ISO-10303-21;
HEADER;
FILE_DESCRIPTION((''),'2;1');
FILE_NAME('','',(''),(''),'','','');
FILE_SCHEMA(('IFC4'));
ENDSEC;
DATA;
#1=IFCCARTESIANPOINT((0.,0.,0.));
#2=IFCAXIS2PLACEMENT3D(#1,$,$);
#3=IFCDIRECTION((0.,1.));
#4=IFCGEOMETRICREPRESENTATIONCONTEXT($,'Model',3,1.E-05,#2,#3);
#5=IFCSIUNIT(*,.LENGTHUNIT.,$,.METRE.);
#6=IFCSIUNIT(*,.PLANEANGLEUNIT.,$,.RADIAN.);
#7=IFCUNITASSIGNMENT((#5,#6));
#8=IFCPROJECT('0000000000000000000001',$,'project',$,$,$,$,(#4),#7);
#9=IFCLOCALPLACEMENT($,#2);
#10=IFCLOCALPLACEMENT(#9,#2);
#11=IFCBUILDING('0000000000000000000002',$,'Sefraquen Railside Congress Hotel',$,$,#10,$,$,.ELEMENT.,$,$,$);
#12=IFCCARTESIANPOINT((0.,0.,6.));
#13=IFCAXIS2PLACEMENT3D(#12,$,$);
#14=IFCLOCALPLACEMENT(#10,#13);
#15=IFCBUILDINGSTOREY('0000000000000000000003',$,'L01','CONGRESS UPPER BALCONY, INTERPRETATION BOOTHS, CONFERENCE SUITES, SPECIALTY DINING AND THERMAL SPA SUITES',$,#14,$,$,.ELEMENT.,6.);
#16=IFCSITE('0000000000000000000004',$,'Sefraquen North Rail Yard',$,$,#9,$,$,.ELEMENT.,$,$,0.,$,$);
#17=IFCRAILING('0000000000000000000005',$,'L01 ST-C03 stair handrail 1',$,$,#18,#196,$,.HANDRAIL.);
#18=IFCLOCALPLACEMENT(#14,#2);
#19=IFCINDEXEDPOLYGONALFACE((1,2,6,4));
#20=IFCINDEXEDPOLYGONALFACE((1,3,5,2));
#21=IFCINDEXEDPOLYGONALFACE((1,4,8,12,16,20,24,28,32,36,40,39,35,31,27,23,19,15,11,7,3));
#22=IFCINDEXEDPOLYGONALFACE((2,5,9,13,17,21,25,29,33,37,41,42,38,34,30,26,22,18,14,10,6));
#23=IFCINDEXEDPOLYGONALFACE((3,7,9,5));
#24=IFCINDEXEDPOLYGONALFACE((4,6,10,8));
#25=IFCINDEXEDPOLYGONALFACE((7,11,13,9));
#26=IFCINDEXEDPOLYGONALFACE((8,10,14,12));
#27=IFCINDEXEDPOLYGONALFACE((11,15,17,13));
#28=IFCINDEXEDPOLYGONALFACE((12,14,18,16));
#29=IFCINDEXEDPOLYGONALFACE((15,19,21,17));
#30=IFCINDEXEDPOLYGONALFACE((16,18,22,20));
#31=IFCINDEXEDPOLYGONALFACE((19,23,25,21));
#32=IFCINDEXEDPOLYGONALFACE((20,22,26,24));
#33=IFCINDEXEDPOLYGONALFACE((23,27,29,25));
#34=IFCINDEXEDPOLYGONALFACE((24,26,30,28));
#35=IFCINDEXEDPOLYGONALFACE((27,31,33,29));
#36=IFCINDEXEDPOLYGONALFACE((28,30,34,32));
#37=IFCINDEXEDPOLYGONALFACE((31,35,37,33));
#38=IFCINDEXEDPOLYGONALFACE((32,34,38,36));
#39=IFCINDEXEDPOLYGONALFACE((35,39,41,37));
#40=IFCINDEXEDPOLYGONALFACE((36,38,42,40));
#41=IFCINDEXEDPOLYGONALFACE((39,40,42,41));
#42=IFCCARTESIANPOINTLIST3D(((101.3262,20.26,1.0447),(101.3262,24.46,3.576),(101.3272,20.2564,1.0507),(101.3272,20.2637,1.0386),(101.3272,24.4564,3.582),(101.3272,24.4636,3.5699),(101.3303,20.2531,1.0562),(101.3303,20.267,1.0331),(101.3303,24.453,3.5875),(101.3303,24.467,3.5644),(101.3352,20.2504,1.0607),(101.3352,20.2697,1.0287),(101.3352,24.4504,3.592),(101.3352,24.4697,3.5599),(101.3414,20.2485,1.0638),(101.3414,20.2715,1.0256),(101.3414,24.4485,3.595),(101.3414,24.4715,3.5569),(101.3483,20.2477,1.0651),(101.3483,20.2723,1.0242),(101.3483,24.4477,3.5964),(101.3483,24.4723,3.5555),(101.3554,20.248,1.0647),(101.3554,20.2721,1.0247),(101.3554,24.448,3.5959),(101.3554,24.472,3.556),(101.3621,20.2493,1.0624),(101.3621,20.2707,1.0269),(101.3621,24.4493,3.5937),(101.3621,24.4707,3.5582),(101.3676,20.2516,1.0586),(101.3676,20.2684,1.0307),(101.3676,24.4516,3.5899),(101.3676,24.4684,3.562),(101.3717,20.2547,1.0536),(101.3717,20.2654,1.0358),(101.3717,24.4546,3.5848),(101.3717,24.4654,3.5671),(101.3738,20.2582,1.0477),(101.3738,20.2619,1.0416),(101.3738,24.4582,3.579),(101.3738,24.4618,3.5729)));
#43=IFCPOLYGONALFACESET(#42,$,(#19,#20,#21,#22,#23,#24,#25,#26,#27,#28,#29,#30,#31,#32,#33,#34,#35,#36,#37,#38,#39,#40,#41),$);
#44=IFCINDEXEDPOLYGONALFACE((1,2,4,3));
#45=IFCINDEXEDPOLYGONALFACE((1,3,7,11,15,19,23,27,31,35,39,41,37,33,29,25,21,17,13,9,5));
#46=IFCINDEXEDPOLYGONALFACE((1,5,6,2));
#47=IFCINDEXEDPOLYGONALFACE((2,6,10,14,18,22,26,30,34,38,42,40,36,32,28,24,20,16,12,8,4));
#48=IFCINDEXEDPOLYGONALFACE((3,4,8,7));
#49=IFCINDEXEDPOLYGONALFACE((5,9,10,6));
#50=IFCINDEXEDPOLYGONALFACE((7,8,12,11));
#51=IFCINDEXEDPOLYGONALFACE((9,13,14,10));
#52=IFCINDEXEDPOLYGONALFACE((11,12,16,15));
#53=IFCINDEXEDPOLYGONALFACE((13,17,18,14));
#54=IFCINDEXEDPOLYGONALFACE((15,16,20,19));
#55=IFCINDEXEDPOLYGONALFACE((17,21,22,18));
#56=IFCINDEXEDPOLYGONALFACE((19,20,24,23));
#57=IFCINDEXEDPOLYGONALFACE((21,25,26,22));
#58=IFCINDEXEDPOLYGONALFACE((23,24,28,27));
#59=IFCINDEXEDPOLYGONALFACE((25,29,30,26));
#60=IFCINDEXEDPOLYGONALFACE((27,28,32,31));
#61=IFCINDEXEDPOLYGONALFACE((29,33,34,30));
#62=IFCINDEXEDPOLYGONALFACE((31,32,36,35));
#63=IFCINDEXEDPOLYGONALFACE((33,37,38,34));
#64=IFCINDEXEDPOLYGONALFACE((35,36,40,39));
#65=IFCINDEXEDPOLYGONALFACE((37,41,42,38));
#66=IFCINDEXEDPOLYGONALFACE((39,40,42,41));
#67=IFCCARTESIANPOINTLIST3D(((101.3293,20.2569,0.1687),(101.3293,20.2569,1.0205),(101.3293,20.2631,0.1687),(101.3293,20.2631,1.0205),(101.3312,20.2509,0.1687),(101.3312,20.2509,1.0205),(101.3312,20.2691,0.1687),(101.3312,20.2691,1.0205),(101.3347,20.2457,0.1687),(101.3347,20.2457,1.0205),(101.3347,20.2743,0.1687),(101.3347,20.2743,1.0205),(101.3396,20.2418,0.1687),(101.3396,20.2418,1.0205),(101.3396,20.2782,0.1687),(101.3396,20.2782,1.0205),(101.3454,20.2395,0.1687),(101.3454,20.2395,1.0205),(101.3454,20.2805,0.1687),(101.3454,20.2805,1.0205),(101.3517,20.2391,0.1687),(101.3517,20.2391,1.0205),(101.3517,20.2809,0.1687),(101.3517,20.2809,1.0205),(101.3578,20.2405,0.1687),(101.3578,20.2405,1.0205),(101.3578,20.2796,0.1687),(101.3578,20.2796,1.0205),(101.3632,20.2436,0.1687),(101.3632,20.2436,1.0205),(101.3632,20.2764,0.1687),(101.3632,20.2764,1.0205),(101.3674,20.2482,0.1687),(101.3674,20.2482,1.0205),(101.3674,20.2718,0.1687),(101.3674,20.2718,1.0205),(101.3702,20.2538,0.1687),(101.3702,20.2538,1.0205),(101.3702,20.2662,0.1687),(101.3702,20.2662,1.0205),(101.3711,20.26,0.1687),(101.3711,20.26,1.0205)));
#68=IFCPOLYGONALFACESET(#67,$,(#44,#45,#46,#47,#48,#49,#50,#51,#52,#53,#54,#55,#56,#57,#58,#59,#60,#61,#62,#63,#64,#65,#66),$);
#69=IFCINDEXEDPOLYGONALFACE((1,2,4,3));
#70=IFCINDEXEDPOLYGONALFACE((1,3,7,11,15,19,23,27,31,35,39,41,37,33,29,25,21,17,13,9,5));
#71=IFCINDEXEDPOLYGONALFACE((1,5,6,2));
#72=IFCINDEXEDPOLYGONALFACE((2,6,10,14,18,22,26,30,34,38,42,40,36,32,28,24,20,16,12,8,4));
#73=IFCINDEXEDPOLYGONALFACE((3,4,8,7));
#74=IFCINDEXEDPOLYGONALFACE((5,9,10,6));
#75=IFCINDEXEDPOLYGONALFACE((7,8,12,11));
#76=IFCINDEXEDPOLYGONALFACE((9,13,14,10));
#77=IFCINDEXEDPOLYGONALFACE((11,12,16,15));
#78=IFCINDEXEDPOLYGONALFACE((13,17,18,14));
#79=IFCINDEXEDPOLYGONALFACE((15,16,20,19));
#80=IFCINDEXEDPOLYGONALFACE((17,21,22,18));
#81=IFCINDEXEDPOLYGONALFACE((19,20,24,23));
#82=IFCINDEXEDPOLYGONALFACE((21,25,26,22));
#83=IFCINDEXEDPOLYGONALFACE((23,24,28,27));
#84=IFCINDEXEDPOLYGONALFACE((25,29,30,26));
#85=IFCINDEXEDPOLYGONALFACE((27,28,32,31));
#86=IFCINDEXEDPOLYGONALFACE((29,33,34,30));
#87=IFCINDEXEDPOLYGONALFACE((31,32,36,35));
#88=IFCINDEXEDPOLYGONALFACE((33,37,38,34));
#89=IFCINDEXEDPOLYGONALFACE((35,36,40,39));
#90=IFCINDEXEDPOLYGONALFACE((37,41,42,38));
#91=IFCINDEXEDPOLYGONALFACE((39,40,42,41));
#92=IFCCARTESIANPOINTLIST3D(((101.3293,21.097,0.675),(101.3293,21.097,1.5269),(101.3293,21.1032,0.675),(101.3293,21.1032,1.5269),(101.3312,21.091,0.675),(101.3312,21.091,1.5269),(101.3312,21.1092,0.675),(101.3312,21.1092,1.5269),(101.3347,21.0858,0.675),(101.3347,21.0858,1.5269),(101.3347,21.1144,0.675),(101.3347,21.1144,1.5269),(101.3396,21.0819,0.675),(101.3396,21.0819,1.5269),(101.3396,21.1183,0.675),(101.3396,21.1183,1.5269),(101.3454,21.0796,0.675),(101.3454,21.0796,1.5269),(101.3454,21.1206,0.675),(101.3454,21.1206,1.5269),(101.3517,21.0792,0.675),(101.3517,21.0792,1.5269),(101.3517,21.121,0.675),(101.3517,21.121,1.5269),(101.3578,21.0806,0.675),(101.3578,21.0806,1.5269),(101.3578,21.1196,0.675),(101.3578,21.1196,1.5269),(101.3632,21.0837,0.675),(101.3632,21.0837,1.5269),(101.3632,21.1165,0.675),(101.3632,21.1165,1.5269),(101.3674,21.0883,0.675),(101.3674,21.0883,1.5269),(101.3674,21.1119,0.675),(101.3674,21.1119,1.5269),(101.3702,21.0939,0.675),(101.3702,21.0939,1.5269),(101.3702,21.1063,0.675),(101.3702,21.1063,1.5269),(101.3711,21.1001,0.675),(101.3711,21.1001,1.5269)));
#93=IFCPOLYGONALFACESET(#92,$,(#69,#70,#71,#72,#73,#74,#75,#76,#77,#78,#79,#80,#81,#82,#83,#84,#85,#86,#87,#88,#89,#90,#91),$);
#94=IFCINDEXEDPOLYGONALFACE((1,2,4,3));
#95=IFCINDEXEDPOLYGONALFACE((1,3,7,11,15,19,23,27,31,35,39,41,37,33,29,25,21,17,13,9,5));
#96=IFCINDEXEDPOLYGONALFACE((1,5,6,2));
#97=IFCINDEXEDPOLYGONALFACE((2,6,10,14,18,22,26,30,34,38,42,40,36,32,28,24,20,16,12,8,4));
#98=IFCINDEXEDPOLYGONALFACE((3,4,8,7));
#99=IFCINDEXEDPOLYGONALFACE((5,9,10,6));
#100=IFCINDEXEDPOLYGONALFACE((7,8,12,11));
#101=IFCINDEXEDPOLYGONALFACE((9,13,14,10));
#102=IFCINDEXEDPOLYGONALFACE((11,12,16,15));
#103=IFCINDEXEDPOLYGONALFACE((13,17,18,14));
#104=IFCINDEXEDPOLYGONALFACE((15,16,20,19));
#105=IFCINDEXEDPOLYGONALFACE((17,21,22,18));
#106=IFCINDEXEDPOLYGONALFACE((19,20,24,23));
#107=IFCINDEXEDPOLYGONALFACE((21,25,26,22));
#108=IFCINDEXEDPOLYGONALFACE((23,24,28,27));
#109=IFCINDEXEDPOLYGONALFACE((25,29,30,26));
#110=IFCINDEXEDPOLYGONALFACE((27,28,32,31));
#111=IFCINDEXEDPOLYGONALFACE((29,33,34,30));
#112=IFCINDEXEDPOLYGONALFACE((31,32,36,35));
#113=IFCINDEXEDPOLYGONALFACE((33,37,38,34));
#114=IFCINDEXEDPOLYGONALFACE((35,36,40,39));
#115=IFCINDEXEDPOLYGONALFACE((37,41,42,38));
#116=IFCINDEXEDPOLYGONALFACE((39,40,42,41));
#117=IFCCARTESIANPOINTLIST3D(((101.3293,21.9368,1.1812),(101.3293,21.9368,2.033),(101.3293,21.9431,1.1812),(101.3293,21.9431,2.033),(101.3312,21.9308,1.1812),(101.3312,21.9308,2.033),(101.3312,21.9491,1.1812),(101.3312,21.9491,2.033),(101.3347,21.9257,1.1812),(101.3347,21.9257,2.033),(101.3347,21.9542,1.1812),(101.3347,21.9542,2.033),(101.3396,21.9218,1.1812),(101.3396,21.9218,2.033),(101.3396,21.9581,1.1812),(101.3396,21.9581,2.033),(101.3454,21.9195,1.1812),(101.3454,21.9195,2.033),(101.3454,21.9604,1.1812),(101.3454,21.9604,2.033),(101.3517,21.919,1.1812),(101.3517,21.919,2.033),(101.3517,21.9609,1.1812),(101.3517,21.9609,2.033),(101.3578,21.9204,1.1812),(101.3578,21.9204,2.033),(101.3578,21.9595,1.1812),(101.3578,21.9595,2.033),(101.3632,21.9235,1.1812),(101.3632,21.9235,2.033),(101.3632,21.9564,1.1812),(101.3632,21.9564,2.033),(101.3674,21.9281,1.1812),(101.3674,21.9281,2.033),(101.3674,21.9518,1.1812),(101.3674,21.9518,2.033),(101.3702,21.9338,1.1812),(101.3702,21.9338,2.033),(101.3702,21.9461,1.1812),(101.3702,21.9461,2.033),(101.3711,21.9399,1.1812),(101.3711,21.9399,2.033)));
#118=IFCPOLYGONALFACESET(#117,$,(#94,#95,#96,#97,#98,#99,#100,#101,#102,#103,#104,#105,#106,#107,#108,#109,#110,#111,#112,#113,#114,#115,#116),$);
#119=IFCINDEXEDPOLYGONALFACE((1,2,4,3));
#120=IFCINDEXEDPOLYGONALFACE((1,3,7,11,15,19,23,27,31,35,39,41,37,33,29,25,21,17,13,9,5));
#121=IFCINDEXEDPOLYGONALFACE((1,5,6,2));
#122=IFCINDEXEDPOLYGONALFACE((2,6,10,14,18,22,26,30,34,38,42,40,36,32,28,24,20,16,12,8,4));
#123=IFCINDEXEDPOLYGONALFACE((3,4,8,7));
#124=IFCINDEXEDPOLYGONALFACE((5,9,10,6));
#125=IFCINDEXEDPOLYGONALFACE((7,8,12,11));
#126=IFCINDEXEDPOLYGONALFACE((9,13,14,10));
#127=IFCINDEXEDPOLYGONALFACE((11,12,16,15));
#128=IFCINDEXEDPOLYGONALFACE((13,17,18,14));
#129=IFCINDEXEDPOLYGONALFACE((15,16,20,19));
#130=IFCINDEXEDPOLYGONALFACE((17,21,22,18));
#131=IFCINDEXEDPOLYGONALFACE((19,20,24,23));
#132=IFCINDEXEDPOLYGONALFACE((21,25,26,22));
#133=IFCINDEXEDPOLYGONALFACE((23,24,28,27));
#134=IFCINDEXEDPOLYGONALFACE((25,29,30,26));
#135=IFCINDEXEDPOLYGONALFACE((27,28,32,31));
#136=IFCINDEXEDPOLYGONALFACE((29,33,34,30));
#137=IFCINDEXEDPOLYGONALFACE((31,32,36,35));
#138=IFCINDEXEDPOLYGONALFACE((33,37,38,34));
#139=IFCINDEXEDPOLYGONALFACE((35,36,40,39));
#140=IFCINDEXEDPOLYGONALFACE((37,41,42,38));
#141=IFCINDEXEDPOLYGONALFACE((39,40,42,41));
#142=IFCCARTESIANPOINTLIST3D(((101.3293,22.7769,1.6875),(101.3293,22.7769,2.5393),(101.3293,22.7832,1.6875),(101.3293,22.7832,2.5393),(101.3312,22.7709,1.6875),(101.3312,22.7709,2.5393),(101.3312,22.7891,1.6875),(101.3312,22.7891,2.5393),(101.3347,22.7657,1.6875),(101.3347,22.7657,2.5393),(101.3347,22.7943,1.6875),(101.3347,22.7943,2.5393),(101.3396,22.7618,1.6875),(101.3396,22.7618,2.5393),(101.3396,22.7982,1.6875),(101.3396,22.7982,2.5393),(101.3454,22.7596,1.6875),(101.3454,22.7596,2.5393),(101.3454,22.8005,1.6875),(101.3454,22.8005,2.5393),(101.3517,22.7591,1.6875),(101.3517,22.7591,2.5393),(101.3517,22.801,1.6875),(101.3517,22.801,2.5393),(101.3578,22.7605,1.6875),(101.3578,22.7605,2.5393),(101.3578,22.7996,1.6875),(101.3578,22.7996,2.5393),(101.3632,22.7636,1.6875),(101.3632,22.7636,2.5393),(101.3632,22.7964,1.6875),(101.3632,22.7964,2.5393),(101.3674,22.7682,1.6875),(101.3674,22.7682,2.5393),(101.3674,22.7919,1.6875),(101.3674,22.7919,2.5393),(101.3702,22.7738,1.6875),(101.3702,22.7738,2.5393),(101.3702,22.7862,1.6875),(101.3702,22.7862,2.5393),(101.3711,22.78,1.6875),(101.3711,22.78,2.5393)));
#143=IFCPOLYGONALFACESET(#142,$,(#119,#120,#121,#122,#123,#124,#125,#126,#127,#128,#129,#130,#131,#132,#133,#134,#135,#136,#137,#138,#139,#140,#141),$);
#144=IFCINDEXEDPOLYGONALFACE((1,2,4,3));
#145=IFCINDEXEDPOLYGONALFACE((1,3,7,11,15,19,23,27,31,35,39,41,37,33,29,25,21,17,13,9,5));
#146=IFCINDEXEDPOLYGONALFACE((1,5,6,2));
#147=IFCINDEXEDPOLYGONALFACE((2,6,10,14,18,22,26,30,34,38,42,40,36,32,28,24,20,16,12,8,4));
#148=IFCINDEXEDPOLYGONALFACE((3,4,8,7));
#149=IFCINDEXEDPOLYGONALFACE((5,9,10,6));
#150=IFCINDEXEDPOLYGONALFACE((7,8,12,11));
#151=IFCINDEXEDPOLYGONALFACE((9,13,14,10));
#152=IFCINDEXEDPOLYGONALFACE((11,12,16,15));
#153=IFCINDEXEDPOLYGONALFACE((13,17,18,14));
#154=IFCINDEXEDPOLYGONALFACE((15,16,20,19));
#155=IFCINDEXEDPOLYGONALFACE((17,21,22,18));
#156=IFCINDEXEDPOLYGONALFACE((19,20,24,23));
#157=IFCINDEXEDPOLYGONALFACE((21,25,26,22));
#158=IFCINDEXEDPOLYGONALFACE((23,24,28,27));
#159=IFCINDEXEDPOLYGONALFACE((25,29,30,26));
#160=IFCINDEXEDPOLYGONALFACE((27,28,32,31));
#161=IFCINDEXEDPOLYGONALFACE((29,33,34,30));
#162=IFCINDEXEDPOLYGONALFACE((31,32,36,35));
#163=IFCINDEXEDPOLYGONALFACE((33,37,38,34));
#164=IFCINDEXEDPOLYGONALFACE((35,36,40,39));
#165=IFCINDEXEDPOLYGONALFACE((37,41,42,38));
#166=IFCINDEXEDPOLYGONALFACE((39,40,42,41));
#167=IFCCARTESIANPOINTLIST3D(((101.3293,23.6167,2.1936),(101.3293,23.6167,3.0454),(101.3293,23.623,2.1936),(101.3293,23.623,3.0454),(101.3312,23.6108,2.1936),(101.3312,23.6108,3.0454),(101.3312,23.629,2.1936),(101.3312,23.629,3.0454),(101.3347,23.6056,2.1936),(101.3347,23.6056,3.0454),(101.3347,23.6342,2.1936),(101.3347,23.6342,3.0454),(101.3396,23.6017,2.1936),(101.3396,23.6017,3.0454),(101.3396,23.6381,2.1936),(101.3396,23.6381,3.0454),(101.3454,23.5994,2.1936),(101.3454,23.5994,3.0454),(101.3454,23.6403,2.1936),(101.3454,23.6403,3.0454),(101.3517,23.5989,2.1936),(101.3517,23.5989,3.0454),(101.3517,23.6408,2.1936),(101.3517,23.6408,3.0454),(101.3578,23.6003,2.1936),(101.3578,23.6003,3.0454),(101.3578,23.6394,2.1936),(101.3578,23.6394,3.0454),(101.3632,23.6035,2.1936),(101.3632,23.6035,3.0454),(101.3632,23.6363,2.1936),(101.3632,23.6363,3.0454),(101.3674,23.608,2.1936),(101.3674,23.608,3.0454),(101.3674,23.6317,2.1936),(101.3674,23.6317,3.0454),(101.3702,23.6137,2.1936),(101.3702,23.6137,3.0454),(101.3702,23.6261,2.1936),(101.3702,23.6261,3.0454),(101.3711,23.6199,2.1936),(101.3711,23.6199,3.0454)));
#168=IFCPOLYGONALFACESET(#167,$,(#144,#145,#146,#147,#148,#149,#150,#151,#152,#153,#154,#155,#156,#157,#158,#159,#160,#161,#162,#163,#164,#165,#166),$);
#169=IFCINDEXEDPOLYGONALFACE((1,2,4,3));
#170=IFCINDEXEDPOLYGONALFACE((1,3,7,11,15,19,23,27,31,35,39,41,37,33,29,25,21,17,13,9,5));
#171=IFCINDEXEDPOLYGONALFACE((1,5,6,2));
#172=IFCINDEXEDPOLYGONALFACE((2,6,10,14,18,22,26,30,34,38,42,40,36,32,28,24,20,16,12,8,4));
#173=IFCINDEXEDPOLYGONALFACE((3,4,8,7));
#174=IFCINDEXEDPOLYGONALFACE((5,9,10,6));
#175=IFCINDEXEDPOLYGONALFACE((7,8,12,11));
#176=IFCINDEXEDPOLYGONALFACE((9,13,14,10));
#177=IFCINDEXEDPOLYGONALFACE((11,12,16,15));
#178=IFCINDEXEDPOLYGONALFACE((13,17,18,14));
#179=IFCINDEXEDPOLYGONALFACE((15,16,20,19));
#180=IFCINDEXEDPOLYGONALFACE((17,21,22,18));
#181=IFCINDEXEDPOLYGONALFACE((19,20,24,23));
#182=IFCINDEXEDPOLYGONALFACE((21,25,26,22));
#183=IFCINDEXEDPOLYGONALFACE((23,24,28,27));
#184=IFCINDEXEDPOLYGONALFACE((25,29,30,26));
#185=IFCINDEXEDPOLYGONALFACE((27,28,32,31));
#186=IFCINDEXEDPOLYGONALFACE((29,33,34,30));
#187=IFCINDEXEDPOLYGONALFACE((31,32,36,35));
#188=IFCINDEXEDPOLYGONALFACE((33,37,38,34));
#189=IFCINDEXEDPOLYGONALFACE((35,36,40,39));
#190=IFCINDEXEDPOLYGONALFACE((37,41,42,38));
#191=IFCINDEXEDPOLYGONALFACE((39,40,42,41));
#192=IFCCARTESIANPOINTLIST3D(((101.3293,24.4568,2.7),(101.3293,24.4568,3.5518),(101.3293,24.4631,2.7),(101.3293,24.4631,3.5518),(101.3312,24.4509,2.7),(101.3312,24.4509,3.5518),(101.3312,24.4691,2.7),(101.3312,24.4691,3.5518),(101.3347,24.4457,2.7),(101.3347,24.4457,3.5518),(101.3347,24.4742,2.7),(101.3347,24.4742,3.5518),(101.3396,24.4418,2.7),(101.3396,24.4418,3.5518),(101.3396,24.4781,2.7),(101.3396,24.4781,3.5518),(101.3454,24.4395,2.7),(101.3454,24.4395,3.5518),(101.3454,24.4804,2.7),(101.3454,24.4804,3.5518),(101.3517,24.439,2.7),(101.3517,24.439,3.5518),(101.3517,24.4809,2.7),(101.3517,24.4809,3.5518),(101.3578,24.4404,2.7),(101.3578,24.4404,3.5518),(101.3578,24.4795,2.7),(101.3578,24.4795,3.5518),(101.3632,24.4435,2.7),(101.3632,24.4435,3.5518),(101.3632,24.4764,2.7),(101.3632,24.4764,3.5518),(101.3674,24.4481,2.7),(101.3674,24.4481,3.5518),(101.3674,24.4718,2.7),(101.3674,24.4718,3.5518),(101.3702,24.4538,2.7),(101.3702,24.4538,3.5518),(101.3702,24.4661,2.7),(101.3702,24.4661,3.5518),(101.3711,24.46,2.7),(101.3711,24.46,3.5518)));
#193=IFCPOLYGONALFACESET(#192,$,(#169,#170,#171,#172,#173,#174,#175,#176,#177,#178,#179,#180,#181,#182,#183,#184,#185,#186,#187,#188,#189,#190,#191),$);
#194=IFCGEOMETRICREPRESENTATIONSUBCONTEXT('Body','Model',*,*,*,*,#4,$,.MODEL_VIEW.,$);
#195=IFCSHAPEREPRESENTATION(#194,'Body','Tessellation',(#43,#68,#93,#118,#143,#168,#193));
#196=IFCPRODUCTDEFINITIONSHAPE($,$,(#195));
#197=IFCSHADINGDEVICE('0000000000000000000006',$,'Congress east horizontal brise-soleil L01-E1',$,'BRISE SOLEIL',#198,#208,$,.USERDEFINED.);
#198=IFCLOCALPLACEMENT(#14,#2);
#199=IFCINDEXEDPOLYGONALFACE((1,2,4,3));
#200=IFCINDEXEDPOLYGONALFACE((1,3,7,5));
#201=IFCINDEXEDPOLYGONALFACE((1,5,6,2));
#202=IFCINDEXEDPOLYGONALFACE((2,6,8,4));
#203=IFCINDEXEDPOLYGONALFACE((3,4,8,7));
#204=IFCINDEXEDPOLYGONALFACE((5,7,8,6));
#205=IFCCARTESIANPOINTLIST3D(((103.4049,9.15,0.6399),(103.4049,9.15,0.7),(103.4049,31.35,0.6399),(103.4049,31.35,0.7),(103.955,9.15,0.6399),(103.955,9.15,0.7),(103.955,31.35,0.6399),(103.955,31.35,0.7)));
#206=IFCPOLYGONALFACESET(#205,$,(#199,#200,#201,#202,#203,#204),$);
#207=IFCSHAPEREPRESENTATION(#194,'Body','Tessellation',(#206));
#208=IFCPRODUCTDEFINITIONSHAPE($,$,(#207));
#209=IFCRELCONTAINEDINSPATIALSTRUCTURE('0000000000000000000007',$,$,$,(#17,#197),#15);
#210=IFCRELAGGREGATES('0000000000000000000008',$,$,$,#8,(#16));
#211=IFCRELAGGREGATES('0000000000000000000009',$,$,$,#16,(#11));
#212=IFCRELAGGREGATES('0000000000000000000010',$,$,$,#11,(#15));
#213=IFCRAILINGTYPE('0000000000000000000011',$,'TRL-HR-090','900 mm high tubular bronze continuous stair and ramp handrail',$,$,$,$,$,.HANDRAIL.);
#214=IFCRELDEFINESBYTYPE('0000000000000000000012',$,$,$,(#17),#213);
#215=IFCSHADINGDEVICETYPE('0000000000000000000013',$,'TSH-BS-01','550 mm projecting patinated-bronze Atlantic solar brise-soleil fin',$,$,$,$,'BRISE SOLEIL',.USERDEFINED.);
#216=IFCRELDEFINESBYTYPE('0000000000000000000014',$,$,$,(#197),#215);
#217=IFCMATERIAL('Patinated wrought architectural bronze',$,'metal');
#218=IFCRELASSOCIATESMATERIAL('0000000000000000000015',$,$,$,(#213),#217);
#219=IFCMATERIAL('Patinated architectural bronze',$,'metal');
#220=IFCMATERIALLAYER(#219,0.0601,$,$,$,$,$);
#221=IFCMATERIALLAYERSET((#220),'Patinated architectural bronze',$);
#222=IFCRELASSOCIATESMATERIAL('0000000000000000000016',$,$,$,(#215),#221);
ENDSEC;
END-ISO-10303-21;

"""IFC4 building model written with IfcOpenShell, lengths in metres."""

from ifc_helpers import new_model, si_unit, direction, frame, origin, origin_2d, place, context, subcontext, project, spatial, rectangle, circle, extrude, material, layer, layer_set, type_object, element, save


model = new_model("IFC4")

# Units and contexts
model_context = context("Model", 3, precision=1e-05, world=origin(), true_north=direction((0.0, 1.0)))
body_context = subcontext(model_context, "Body", "Model", "MODEL_VIEW")
ifc_project = project(units=[si_unit("LENGTHUNIT", "METRE"), si_unit("PLANEANGLEUNIT", "RADIAN")], contexts=[model_context])

# Site, building, storey
site_placement = place(None, origin())
site = spatial("IfcSite", under=ifc_project, at=site_placement, Name="Sefraquen North Rail Yard", CompositionType="ELEMENT", RefElevation=0.0)
building_placement = place(site_placement, origin())
building = spatial("IfcBuilding", under=site, at=building_placement, Name="Sefraquen Railside Congress Hotel", CompositionType="ELEMENT")
storey_placement = place(building_placement, frame((0.0, 0.0, 6.0)))
storey = spatial("IfcBuildingStorey", under=building, at=storey_placement, Name="L01", Description="CONGRESS UPPER BALCONY, INTERPRETATION BOOTHS, CONFERENCE SUITES, SPECIALTY DINING AND THERMAL SPA SUITES", CompositionType="ELEMENT", Elevation=6.0)

# Shared definitions
ifc_material_1 = material(Name="Patinated architectural bronze", Category="metal")

# Railing
ifc_material_2 = material(Name="Patinated wrought architectural bronze", Category="metal")
railing_type = type_object("IfcRailingType", Name="TRL-HR-090", Description="900 mm high tubular bronze continuous stair and ramp handrail", PredefinedType="HANDRAIL", material=ifc_material_2)
railing_placement = place(storey_placement, frame((101.3501, 20.26, 0.1687)))
element("IfcRailing", 1, at=railing_placement, inside=storey, type_object=railing_type, Name="L01 ST-C03 stair handrail 1", PredefinedType="HANDRAIL", context=body_context, shape_type="SweptSolid", body=[
    extrude(circle(Radius=0.0239, at=origin_2d()), frame((0.0, 0.0, 0.876), z_axis=(0.0, 0.856476, 0.516186), x_axis=(-1.0, 0.0, 0.0)), (0.0, 0.0, 1.0), 4.9038),
    extrude(circle(Radius=0.021, at=origin_2d()), origin(), (0.0, 0.0, 1.0), 0.8518),
    extrude(circle(Radius=0.021, at=origin_2d()), frame((0.0, 0.8401, 0.5063)), (0.0, 0.0, 1.0), 0.8518),
    extrude(circle(Radius=0.021, at=origin_2d()), frame((0.0, 1.6799, 1.0125)), (0.0, 0.0, 1.0), 0.8518),
    extrude(circle(Radius=0.021, at=origin_2d()), frame((0.0, 2.52, 1.5188)), (0.0, 0.0, 1.0), 0.8518),
    extrude(circle(Radius=0.021, at=origin_2d()), frame((0.0, 3.3599, 2.0249)), (0.0, 0.0, 1.0), 0.8518),
    extrude(circle(Radius=0.021, at=origin_2d()), frame((0.0, 4.2, 2.5312)), (0.0, 0.0, 1.0), 0.8518),
])

# Shading device
ifc_layer_1 = layer(ifc_material_1, 0.0601)
ifc_layer_set_1 = layer_set([ifc_layer_1], Name="Patinated architectural bronze")
shading_device_type = type_object("IfcShadingDeviceType", Name="TSH-BS-01", Description="550 mm projecting patinated-bronze Atlantic solar brise-soleil fin", ElementType="BRISE SOLEIL", PredefinedType="USERDEFINED", material=ifc_layer_set_1)
for number, where, z_axis, x_axis, name in (
    (2, (103.6799, 20.25, 0.6399), (0.0, 0.0, 1.0), (1.0, 0.0, 0.0), "Congress east horizontal brise-soleil L01-E1"),
):
    element("IfcShadingDevice", number, at=place(storey_placement, frame(where, z_axis=z_axis, x_axis=x_axis)), inside=storey, type_object=shading_device_type, Name=name, ObjectType="BRISE SOLEIL", PredefinedType="USERDEFINED", context=body_context, shape_type="SweptSolid", body=[
        extrude(rectangle(XDim=0.55, YDim=22.2, at=origin_2d()), origin(), (0.0, 0.0, 1.0), 0.0601),
    ])

save(model, "model.ifc")
